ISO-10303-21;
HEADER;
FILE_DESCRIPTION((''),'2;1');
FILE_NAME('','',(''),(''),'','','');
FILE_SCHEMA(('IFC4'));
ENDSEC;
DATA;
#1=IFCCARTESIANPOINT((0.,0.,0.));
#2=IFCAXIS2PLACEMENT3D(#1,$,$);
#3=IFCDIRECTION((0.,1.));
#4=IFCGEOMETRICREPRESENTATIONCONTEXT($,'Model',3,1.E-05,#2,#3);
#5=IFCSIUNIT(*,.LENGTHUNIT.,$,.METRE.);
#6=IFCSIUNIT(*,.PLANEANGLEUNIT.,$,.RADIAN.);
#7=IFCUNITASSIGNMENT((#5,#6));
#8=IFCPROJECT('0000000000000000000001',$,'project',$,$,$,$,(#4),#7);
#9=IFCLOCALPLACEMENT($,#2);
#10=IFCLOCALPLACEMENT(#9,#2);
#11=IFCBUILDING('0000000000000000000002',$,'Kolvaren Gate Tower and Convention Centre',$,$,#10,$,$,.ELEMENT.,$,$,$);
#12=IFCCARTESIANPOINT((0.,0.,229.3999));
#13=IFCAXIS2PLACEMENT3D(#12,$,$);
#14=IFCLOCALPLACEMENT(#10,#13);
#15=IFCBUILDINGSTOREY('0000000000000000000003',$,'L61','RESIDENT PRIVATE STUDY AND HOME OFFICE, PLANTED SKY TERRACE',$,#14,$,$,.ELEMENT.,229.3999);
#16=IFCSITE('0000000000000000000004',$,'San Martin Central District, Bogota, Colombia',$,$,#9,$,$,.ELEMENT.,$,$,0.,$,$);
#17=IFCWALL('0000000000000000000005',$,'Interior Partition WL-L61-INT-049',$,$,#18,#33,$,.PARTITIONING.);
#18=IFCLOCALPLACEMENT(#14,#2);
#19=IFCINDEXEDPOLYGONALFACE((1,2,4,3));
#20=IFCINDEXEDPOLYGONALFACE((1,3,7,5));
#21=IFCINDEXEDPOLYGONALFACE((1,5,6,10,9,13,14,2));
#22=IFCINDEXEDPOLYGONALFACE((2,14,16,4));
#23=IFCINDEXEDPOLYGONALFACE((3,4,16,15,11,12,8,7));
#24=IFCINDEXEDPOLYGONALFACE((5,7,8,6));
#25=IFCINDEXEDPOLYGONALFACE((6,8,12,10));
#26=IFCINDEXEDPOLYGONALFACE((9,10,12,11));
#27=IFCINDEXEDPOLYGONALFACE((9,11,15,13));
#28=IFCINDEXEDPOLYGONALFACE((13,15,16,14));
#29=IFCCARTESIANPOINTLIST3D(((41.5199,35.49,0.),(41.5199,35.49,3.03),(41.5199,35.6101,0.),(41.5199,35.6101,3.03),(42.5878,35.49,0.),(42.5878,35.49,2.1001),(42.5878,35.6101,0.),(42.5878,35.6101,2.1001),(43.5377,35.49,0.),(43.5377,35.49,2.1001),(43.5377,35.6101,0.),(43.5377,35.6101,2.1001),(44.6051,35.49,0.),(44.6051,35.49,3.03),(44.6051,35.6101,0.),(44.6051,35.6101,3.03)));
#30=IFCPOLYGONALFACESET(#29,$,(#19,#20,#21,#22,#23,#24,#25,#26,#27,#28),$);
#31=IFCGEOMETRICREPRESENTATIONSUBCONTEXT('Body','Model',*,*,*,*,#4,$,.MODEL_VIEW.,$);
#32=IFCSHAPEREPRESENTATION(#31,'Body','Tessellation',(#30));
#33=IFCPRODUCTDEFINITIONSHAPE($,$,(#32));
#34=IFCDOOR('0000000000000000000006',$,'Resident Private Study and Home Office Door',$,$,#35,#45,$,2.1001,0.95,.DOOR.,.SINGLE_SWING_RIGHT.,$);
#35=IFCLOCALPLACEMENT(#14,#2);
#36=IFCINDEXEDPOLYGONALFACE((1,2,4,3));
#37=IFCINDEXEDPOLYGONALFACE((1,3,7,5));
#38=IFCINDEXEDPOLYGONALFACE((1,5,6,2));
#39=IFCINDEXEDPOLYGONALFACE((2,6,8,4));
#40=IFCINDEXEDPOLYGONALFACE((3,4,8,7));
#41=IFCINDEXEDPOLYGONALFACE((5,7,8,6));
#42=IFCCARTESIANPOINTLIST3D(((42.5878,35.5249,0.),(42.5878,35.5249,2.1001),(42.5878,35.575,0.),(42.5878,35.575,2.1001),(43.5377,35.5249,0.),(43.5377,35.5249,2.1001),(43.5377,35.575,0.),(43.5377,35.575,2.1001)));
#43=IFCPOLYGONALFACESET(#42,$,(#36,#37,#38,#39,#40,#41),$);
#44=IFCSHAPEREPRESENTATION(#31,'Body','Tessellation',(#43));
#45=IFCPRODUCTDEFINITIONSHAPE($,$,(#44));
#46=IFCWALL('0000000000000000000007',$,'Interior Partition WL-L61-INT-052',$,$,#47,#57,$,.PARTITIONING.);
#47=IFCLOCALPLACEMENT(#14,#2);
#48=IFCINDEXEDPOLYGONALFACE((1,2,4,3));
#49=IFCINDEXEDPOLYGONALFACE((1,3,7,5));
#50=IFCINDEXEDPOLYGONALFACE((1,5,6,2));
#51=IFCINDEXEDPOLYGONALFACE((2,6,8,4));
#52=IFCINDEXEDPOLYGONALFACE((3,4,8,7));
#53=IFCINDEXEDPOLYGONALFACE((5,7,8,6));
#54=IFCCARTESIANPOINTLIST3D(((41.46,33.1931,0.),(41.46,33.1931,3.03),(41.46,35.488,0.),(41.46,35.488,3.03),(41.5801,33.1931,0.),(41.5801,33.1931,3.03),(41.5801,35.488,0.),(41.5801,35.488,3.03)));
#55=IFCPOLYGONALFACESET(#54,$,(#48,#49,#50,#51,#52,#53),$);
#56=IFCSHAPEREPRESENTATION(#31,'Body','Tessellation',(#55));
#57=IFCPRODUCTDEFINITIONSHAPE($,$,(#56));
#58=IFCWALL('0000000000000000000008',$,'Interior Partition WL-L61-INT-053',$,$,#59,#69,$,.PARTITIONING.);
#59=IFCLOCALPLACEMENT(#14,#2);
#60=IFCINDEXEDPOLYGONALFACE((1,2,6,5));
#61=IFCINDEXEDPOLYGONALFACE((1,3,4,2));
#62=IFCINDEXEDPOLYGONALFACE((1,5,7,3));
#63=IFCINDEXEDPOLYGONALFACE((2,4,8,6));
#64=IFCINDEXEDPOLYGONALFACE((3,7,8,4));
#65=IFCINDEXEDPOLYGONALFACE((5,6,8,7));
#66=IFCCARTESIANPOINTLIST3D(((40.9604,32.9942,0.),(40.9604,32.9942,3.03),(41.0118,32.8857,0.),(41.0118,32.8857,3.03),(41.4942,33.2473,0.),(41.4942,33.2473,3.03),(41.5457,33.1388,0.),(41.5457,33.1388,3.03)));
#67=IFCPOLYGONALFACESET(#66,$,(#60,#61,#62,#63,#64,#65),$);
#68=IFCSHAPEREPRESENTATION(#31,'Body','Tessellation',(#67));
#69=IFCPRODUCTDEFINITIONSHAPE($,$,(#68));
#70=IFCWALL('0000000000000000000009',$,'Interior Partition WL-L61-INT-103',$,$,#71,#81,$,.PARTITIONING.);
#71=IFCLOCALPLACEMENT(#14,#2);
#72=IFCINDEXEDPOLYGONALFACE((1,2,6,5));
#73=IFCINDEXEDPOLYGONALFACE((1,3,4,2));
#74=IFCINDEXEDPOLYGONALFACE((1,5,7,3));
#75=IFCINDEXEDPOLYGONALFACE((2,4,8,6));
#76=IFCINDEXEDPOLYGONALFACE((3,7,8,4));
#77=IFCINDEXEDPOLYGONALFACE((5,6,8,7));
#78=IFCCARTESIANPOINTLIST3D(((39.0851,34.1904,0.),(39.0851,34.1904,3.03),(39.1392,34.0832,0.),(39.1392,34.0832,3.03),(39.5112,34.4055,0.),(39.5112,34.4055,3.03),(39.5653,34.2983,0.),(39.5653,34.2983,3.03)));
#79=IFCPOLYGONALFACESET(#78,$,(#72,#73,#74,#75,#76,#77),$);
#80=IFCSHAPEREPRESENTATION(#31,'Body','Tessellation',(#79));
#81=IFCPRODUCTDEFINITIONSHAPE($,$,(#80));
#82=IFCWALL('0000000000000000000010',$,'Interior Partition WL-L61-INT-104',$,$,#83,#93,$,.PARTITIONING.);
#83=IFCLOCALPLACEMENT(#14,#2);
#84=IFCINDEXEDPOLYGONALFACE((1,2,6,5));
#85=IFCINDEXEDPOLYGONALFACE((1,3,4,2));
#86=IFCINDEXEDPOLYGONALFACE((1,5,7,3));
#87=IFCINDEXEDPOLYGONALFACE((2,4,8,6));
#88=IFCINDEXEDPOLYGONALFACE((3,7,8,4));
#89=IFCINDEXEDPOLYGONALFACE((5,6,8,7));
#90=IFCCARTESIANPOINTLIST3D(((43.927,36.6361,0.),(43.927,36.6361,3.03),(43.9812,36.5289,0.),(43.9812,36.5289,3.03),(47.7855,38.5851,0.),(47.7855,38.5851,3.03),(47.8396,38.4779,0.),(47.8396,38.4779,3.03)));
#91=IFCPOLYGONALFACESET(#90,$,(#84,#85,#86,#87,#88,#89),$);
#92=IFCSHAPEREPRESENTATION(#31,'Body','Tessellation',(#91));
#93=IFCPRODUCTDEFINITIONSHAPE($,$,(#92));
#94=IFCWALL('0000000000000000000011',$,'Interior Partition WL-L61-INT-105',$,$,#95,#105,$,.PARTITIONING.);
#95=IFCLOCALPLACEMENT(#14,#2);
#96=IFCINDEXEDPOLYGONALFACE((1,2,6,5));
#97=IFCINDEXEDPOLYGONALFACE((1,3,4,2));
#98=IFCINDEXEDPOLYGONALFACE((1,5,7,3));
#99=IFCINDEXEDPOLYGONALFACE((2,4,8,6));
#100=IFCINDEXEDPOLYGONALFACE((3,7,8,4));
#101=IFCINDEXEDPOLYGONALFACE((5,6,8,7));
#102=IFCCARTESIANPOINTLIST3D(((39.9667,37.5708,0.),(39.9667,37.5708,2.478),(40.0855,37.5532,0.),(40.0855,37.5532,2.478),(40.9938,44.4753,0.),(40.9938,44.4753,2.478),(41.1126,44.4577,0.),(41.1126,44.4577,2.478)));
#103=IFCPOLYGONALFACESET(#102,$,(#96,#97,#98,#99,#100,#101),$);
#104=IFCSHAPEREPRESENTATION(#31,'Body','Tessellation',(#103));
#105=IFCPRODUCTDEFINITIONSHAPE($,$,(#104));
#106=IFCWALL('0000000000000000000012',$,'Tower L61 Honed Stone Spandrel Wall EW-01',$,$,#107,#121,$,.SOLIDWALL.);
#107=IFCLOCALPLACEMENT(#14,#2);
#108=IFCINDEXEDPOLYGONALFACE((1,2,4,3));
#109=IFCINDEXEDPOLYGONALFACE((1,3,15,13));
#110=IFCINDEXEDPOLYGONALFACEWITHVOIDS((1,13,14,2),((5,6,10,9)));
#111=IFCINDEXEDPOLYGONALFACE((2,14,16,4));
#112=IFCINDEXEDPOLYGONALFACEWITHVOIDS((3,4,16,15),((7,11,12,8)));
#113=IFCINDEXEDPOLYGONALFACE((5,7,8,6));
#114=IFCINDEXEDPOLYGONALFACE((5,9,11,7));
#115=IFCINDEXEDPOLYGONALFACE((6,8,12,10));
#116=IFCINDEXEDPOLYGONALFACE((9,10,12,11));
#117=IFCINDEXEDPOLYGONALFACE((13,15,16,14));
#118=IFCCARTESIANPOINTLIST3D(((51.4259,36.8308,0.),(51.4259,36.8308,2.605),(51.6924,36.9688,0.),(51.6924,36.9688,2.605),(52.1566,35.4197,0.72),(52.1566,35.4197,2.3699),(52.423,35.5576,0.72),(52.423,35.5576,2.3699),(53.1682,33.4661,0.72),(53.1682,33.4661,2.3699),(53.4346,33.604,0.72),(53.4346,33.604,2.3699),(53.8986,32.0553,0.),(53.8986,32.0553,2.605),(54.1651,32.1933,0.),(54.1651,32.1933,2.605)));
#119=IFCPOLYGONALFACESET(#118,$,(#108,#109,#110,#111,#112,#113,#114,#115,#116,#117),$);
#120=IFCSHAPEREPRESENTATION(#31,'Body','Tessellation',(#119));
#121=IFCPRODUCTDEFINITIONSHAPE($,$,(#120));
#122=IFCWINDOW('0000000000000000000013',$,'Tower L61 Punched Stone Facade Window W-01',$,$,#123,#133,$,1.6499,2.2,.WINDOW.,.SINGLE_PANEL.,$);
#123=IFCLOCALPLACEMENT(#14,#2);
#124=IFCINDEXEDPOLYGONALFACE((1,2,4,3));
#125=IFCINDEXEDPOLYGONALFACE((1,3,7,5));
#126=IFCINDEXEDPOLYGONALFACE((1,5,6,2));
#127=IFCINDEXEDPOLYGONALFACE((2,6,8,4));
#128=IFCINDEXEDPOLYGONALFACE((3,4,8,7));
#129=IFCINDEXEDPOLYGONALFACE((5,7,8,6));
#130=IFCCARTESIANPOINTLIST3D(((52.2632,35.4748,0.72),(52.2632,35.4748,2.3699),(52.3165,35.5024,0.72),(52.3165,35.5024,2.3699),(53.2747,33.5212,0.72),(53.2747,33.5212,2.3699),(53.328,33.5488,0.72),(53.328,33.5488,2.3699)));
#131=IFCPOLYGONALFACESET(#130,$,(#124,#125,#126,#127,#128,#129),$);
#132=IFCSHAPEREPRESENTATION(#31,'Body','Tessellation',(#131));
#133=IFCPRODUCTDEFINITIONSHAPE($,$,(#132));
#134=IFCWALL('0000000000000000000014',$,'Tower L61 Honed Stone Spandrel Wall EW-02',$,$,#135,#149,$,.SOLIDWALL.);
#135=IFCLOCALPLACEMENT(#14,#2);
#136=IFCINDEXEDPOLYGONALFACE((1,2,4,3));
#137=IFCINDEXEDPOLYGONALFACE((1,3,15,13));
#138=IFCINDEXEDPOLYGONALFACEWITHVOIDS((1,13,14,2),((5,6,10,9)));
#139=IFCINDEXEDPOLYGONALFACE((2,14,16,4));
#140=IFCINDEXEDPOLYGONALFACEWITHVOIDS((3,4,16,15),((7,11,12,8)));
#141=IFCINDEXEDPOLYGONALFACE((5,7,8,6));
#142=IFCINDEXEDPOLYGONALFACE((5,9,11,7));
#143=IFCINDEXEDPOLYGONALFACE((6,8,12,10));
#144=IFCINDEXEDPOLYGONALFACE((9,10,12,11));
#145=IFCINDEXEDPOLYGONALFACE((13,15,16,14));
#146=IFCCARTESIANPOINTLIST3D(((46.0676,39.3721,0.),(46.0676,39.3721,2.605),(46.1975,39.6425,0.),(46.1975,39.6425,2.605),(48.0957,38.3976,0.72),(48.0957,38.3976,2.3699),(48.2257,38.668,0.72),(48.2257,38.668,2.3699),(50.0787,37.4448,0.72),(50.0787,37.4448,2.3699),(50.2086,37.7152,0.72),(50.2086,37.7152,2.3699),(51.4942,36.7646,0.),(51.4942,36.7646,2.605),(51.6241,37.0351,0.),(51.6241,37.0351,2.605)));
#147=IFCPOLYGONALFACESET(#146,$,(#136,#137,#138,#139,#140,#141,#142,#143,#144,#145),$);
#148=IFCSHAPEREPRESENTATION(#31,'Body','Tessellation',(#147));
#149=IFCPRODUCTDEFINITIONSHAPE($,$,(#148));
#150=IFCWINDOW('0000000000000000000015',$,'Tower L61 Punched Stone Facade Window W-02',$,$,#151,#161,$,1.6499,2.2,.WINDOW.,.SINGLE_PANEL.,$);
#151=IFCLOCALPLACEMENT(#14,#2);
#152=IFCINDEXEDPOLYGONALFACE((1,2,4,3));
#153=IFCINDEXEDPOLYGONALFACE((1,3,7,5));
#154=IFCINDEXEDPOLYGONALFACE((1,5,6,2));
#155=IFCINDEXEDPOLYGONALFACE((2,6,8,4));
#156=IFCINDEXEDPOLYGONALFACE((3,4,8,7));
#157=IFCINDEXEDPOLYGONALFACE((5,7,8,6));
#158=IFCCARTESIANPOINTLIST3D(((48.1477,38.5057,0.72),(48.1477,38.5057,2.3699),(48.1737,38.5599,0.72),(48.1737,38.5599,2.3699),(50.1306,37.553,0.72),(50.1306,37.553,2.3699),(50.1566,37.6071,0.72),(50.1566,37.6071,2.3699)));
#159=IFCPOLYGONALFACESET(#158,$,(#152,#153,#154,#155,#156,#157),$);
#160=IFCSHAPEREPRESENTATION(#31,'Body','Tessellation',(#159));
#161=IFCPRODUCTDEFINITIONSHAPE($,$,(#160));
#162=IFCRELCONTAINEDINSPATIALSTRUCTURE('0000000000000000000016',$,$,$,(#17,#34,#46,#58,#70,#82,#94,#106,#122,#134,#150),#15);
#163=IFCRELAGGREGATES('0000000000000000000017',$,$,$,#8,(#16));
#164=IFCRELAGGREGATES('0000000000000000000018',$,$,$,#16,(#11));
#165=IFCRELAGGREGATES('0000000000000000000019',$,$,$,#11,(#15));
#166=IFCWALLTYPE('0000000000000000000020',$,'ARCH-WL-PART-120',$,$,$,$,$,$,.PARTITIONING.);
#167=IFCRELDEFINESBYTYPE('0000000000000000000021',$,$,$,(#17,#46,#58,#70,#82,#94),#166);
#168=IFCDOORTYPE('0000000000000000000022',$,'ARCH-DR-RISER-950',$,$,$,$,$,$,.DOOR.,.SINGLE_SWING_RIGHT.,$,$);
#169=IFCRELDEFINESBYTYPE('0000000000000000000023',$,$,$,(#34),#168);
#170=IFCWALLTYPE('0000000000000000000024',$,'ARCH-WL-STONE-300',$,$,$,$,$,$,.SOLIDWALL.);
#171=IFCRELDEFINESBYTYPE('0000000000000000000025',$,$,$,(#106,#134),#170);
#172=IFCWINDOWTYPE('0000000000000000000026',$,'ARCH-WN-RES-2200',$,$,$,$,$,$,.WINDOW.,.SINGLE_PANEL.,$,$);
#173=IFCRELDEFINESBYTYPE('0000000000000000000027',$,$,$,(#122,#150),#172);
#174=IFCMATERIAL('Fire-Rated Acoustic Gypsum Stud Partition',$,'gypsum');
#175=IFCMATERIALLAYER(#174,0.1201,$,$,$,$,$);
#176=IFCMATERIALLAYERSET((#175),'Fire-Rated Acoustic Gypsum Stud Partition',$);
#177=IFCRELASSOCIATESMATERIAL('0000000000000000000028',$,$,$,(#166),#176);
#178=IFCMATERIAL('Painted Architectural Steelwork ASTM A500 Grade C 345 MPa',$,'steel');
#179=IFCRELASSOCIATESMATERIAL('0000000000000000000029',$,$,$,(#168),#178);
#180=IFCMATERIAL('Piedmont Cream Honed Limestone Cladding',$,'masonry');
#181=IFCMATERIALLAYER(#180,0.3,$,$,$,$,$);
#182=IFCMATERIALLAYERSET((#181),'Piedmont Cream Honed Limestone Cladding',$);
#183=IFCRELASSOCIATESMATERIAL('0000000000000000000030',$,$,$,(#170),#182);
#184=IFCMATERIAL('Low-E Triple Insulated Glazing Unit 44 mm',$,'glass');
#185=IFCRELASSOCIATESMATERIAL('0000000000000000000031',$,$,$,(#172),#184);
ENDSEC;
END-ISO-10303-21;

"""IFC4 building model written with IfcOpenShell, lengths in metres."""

from ifc_helpers import new_model, si_unit, direction, frame, frame_2d, origin, place, context, subcontext, project, spatial, rectangle, extrude, material, layer, layer_set, type_object, element, fill, save


model = new_model("IFC4")

# Units and contexts
model_context = context("Model", 3, precision=1e-05, world=origin(), true_north=direction((0.0, 1.0)))
body_context = subcontext(model_context, "Body", "Model", "MODEL_VIEW")
ifc_project = project(units=[si_unit("LENGTHUNIT", "METRE"), si_unit("PLANEANGLEUNIT", "RADIAN")], contexts=[model_context])

# Site, building, storey
site_placement = place(None, origin())
site = spatial("IfcSite", under=ifc_project, at=site_placement, Name="San Martin Central District, Bogota, Colombia", CompositionType="ELEMENT", RefElevation=0.0)
building_placement = place(site_placement, origin())
building = spatial("IfcBuilding", under=site, at=building_placement, Name="Kolvaren Gate Tower and Convention Centre", CompositionType="ELEMENT")
storey_placement = place(building_placement, frame((0.0, 0.0, 229.3999)))
storey = spatial("IfcBuildingStorey", under=building, at=storey_placement, Name="L61", Description="RESIDENT PRIVATE STUDY AND HOME OFFICE, PLANTED SKY TERRACE", CompositionType="ELEMENT", Elevation=229.3999)

# Shared definitions
ifc_material_1 = material(Name="Fire-Rated Acoustic Gypsum Stud Partition", Category="gypsum")
ifc_layer_1 = layer(ifc_material_1, 0.1201)
ifc_layer_set_1 = layer_set([ifc_layer_1], Name="Fire-Rated Acoustic Gypsum Stud Partition")
wall_type_1 = type_object("IfcWallType", Name="ARCH-WL-PART-120", PredefinedType="PARTITIONING", material=ifc_layer_set_1)

# Shared definitions
ifc_material_2 = material(Name="Painted Architectural Steelwork ASTM A500 Grade C 345 MPa", Category="steel")
door_type = type_object("IfcDoorType", Name="ARCH-DR-RISER-950", OperationType="SINGLE_SWING_RIGHT", PredefinedType="DOOR", material=ifc_material_2)

# Wall, opening, door
wall_1_placement = place(storey_placement, frame((41.52, 35.55, 0.0), z_axis=(0.0, 0.0, 1.0), x_axis=(1.0, 0.0, 0.0)))
wall_1 = element("IfcWall", 1, at=wall_1_placement, inside=storey, type_object=wall_type_1, Name="Interior Partition WL-L61-INT-049", PredefinedType="PARTITIONING", context=body_context, shape_type="SweptSolid", body=[
    extrude(rectangle(XDim=3.0852, YDim=0.1201, at=frame_2d((1.5425, 0.0))), origin(), (0.0, 0.0, 1.0), 3.03),
])
opening_1_placement = place(wall_1_placement, frame((1.0676, 0.0, 0.0)))
opening_1 = element("IfcOpeningElement", 2, at=opening_1_placement, cuts=wall_1, PredefinedType="OPENING", context=body_context, shape_type="SweptSolid", body=[
    extrude(rectangle(XDim=0.95, YDim=2.1001, at=frame_2d((0.4751, 1.05))), frame((0.0, 0.0701, 0.0), z_axis=(0.0, -1.0, 0.0), x_axis=(1.0, 0.0, 0.0)), (0.0, 0.0, 1.0), 0.1401),
])
door_1_placement = place(opening_1_placement, origin())
door_1 = element("IfcDoor", 3, at=door_1_placement, inside=storey, type_object=door_type, Name="Resident Private Study and Home Office Door", OperationType="SINGLE_SWING_RIGHT", OverallHeight=2.1001, OverallWidth=0.95, PredefinedType="DOOR", context=body_context, shape_type="SweptSolid", body=[
    extrude(rectangle(XDim=0.95, YDim=2.1001, at=frame_2d((0.4751, 1.05))), frame((0.0, 0.0249, 0.0), z_axis=(0.0, -1.0, 0.0), x_axis=(1.0, 0.0, 0.0)), (0.0, 0.0, 1.0), 0.05),
])
fill(opening_1, door_1)

# Walls
wall_2_placement = place(storey_placement, frame((41.52, 33.1931, 0.0), z_axis=(0.0, 0.0, 1.0), x_axis=(0.0, 1.0, 0.0)))
element("IfcWall", 4, at=wall_2_placement, inside=storey, type_object=wall_type_1, Name="Interior Partition WL-L61-INT-052", PredefinedType="PARTITIONING", context=body_context, shape_type="SweptSolid", body=[
    extrude(rectangle(XDim=2.2949, YDim=0.1201, at=frame_2d((1.1475, 0.0))), origin(), (0.0, 0.0, 1.0), 3.03),
])
wall_3_placement = place(storey_placement, frame((40.9861, 32.9399, 0.0), z_axis=(0.0, 0.0, 1.0), x_axis=(0.90357, 0.428442, 0.0)))
element("IfcWall", 5, at=wall_3_placement, inside=storey, type_object=wall_type_1, Name="Interior Partition WL-L61-INT-053", PredefinedType="PARTITIONING", context=body_context, shape_type="SweptSolid", body=[
    extrude(rectangle(XDim=0.5908, YDim=0.1201, at=frame_2d((0.2954, 0.0))), origin(), (0.0, 0.0, 1.0), 3.03),
])
wall_4_placement = place(storey_placement, frame((39.1121, 34.1367, 0.0), z_axis=(0.0, 0.0, 1.0), x_axis=(0.892681, 0.450689, 0.0)))
element("IfcWall", 6, at=wall_4_placement, inside=storey, type_object=wall_type_1, Name="Interior Partition WL-L61-INT-103", PredefinedType="PARTITIONING", context=body_context, shape_type="SweptSolid", body=[
    extrude(rectangle(XDim=0.4773, YDim=0.1201, at=frame_2d((0.2388, 0.0))), origin(), (0.0, 0.0, 1.0), 3.03),
])
wall_5_placement = place(storey_placement, frame((43.9541, 36.5825, 0.0), z_axis=(0.0, 0.0, 1.0), x_axis=(0.89259, 0.45087, 0.0)))
element("IfcWall", 7, at=wall_5_placement, inside=storey, type_object=wall_type_1, Name="Interior Partition WL-L61-INT-104", PredefinedType="PARTITIONING", context=body_context, shape_type="SweptSolid", body=[
    extrude(rectangle(XDim=4.3228, YDim=0.1201, at=frame_2d((2.1614, 0.0))), origin(), (0.0, 0.0, 1.0), 3.03),
])
wall_6_placement = place(storey_placement, frame((40.0261, 37.562, 0.0), z_axis=(0.0, 0.0, 1.0), x_axis=(0.147138, 0.989116, 0.0)))
element("IfcWall", 8, at=wall_6_placement, inside=storey, type_object=wall_type_1, Name="Interior Partition WL-L61-INT-105", PredefinedType="PARTITIONING", context=body_context, shape_type="SweptSolid", body=[
    extrude(rectangle(XDim=6.9805, YDim=0.1201, at=frame_2d((3.4902, 0.0))), origin(), (0.0, 0.0, 1.0), 2.478),
])

# Walls, openings, windows
ifc_material_3 = material(Name="Piedmont Cream Honed Limestone Cladding", Category="masonry")
ifc_layer_2 = layer(ifc_material_3, 0.3)
ifc_layer_set_2 = layer_set([ifc_layer_2], Name="Piedmont Cream Honed Limestone Cladding")
wall_type_2 = type_object("IfcWallType", Name="ARCH-WL-STONE-300", PredefinedType="SOLIDWALL", material=ifc_layer_set_2)
wall_7_placement = place(storey_placement, frame((51.5591, 36.8999, 0.0), z_axis=(0.0, 0.0, 1.0), x_axis=(0.459808, -0.888018, 0.0)))
wall_7 = element("IfcWall", 9, at=wall_7_placement, inside=storey, type_object=wall_type_2, Name="Tower L61 Honed Stone Spandrel Wall EW-01", PredefinedType="SOLIDWALL", context=body_context, shape_type="SweptSolid", body=[
    extrude(rectangle(XDim=5.3777, YDim=0.3, at=frame_2d((2.689, 0.0))), origin(), (0.0, 0.0, 1.0), 2.605),
])
opening_2_placement = place(wall_7_placement, frame((1.5891, 0.0, 0.72)))
opening_2 = element("IfcOpeningElement", 10, at=opening_2_placement, cuts=wall_7, PredefinedType="OPENING", context=body_context, shape_type="SweptSolid", body=[
    extrude(rectangle(XDim=2.2, YDim=1.6499, at=frame_2d((1.1001, 0.825))), frame((0.0, 0.1599, 0.0), z_axis=(0.0, -1.0, 0.0), x_axis=(1.0, 0.0, 0.0)), (0.0, 0.0, 1.0), 0.3201),
])
ifc_material_4 = material(Name="Low-E Triple Insulated Glazing Unit 44 mm", Category="glass")
window_type = type_object("IfcWindowType", Name="ARCH-WN-RES-2200", PartitioningType="SINGLE_PANEL", PredefinedType="WINDOW", material=ifc_material_4)
window_1_placement = place(opening_2_placement, origin())
window_1 = element("IfcWindow", 11, at=window_1_placement, inside=storey, type_object=window_type, Name="Tower L61 Punched Stone Facade Window W-01", OverallHeight=1.6499, OverallWidth=2.2, PartitioningType="SINGLE_PANEL", PredefinedType="WINDOW", context=body_context, shape_type="SweptSolid", body=[
    extrude(rectangle(XDim=2.2, YDim=1.6499, at=frame_2d((1.1001, 0.825))), frame((0.0, 0.03, 0.0), z_axis=(0.0, -1.0, 0.0), x_axis=(1.0, 0.0, 0.0)), (0.0, 0.0, 1.0), 0.0601),
])
fill(opening_2, window_1)
wall_8_placement = place(storey_placement, frame((46.1326, 39.5073, 0.0), z_axis=(0.0, 0.0, 1.0), x_axis=(0.901348, -0.433095, 0.0)))
wall_8 = element("IfcWall", 12, at=wall_8_placement, inside=storey, type_object=wall_type_2, Name="Tower L61 Honed Stone Spandrel Wall EW-02", PredefinedType="SOLIDWALL", context=body_context, shape_type="SweptSolid", body=[
    extrude(rectangle(XDim=6.0205, YDim=0.3, at=frame_2d((3.0103, 0.0))), origin(), (0.0, 0.0, 1.0), 2.605),
])
opening_3_placement = place(wall_8_placement, frame((2.25, 0.0, 0.72)))
opening_3 = element("IfcOpeningElement", 13, at=opening_3_placement, cuts=wall_8, PredefinedType="OPENING", context=body_context, shape_type="SweptSolid", body=[
    extrude(rectangle(XDim=2.2, YDim=1.6499, at=frame_2d((1.1001, 0.825))), frame((0.0, 0.1599, 0.0), z_axis=(0.0, -1.0, 0.0), x_axis=(1.0, 0.0, 0.0)), (0.0, 0.0, 1.0), 0.3201),
])
window_2_placement = place(opening_3_placement, origin())
window_2 = element("IfcWindow", 14, at=window_2_placement, inside=storey, type_object=window_type, Name="Tower L61 Punched Stone Facade Window W-02", OverallHeight=1.6499, OverallWidth=2.2, PartitioningType="SINGLE_PANEL", PredefinedType="WINDOW", context=body_context, shape_type="SweptSolid", body=[
    extrude(rectangle(XDim=2.2, YDim=1.6499, at=frame_2d((1.1001, 0.825))), frame((0.0, 0.03, 0.0), z_axis=(0.0, -1.0, 0.0), x_axis=(1.0, 0.0, 0.0)), (0.0, 0.0, 1.0), 0.0601),
])
fill(opening_3, window_2)

save(model, "model.ifc")
